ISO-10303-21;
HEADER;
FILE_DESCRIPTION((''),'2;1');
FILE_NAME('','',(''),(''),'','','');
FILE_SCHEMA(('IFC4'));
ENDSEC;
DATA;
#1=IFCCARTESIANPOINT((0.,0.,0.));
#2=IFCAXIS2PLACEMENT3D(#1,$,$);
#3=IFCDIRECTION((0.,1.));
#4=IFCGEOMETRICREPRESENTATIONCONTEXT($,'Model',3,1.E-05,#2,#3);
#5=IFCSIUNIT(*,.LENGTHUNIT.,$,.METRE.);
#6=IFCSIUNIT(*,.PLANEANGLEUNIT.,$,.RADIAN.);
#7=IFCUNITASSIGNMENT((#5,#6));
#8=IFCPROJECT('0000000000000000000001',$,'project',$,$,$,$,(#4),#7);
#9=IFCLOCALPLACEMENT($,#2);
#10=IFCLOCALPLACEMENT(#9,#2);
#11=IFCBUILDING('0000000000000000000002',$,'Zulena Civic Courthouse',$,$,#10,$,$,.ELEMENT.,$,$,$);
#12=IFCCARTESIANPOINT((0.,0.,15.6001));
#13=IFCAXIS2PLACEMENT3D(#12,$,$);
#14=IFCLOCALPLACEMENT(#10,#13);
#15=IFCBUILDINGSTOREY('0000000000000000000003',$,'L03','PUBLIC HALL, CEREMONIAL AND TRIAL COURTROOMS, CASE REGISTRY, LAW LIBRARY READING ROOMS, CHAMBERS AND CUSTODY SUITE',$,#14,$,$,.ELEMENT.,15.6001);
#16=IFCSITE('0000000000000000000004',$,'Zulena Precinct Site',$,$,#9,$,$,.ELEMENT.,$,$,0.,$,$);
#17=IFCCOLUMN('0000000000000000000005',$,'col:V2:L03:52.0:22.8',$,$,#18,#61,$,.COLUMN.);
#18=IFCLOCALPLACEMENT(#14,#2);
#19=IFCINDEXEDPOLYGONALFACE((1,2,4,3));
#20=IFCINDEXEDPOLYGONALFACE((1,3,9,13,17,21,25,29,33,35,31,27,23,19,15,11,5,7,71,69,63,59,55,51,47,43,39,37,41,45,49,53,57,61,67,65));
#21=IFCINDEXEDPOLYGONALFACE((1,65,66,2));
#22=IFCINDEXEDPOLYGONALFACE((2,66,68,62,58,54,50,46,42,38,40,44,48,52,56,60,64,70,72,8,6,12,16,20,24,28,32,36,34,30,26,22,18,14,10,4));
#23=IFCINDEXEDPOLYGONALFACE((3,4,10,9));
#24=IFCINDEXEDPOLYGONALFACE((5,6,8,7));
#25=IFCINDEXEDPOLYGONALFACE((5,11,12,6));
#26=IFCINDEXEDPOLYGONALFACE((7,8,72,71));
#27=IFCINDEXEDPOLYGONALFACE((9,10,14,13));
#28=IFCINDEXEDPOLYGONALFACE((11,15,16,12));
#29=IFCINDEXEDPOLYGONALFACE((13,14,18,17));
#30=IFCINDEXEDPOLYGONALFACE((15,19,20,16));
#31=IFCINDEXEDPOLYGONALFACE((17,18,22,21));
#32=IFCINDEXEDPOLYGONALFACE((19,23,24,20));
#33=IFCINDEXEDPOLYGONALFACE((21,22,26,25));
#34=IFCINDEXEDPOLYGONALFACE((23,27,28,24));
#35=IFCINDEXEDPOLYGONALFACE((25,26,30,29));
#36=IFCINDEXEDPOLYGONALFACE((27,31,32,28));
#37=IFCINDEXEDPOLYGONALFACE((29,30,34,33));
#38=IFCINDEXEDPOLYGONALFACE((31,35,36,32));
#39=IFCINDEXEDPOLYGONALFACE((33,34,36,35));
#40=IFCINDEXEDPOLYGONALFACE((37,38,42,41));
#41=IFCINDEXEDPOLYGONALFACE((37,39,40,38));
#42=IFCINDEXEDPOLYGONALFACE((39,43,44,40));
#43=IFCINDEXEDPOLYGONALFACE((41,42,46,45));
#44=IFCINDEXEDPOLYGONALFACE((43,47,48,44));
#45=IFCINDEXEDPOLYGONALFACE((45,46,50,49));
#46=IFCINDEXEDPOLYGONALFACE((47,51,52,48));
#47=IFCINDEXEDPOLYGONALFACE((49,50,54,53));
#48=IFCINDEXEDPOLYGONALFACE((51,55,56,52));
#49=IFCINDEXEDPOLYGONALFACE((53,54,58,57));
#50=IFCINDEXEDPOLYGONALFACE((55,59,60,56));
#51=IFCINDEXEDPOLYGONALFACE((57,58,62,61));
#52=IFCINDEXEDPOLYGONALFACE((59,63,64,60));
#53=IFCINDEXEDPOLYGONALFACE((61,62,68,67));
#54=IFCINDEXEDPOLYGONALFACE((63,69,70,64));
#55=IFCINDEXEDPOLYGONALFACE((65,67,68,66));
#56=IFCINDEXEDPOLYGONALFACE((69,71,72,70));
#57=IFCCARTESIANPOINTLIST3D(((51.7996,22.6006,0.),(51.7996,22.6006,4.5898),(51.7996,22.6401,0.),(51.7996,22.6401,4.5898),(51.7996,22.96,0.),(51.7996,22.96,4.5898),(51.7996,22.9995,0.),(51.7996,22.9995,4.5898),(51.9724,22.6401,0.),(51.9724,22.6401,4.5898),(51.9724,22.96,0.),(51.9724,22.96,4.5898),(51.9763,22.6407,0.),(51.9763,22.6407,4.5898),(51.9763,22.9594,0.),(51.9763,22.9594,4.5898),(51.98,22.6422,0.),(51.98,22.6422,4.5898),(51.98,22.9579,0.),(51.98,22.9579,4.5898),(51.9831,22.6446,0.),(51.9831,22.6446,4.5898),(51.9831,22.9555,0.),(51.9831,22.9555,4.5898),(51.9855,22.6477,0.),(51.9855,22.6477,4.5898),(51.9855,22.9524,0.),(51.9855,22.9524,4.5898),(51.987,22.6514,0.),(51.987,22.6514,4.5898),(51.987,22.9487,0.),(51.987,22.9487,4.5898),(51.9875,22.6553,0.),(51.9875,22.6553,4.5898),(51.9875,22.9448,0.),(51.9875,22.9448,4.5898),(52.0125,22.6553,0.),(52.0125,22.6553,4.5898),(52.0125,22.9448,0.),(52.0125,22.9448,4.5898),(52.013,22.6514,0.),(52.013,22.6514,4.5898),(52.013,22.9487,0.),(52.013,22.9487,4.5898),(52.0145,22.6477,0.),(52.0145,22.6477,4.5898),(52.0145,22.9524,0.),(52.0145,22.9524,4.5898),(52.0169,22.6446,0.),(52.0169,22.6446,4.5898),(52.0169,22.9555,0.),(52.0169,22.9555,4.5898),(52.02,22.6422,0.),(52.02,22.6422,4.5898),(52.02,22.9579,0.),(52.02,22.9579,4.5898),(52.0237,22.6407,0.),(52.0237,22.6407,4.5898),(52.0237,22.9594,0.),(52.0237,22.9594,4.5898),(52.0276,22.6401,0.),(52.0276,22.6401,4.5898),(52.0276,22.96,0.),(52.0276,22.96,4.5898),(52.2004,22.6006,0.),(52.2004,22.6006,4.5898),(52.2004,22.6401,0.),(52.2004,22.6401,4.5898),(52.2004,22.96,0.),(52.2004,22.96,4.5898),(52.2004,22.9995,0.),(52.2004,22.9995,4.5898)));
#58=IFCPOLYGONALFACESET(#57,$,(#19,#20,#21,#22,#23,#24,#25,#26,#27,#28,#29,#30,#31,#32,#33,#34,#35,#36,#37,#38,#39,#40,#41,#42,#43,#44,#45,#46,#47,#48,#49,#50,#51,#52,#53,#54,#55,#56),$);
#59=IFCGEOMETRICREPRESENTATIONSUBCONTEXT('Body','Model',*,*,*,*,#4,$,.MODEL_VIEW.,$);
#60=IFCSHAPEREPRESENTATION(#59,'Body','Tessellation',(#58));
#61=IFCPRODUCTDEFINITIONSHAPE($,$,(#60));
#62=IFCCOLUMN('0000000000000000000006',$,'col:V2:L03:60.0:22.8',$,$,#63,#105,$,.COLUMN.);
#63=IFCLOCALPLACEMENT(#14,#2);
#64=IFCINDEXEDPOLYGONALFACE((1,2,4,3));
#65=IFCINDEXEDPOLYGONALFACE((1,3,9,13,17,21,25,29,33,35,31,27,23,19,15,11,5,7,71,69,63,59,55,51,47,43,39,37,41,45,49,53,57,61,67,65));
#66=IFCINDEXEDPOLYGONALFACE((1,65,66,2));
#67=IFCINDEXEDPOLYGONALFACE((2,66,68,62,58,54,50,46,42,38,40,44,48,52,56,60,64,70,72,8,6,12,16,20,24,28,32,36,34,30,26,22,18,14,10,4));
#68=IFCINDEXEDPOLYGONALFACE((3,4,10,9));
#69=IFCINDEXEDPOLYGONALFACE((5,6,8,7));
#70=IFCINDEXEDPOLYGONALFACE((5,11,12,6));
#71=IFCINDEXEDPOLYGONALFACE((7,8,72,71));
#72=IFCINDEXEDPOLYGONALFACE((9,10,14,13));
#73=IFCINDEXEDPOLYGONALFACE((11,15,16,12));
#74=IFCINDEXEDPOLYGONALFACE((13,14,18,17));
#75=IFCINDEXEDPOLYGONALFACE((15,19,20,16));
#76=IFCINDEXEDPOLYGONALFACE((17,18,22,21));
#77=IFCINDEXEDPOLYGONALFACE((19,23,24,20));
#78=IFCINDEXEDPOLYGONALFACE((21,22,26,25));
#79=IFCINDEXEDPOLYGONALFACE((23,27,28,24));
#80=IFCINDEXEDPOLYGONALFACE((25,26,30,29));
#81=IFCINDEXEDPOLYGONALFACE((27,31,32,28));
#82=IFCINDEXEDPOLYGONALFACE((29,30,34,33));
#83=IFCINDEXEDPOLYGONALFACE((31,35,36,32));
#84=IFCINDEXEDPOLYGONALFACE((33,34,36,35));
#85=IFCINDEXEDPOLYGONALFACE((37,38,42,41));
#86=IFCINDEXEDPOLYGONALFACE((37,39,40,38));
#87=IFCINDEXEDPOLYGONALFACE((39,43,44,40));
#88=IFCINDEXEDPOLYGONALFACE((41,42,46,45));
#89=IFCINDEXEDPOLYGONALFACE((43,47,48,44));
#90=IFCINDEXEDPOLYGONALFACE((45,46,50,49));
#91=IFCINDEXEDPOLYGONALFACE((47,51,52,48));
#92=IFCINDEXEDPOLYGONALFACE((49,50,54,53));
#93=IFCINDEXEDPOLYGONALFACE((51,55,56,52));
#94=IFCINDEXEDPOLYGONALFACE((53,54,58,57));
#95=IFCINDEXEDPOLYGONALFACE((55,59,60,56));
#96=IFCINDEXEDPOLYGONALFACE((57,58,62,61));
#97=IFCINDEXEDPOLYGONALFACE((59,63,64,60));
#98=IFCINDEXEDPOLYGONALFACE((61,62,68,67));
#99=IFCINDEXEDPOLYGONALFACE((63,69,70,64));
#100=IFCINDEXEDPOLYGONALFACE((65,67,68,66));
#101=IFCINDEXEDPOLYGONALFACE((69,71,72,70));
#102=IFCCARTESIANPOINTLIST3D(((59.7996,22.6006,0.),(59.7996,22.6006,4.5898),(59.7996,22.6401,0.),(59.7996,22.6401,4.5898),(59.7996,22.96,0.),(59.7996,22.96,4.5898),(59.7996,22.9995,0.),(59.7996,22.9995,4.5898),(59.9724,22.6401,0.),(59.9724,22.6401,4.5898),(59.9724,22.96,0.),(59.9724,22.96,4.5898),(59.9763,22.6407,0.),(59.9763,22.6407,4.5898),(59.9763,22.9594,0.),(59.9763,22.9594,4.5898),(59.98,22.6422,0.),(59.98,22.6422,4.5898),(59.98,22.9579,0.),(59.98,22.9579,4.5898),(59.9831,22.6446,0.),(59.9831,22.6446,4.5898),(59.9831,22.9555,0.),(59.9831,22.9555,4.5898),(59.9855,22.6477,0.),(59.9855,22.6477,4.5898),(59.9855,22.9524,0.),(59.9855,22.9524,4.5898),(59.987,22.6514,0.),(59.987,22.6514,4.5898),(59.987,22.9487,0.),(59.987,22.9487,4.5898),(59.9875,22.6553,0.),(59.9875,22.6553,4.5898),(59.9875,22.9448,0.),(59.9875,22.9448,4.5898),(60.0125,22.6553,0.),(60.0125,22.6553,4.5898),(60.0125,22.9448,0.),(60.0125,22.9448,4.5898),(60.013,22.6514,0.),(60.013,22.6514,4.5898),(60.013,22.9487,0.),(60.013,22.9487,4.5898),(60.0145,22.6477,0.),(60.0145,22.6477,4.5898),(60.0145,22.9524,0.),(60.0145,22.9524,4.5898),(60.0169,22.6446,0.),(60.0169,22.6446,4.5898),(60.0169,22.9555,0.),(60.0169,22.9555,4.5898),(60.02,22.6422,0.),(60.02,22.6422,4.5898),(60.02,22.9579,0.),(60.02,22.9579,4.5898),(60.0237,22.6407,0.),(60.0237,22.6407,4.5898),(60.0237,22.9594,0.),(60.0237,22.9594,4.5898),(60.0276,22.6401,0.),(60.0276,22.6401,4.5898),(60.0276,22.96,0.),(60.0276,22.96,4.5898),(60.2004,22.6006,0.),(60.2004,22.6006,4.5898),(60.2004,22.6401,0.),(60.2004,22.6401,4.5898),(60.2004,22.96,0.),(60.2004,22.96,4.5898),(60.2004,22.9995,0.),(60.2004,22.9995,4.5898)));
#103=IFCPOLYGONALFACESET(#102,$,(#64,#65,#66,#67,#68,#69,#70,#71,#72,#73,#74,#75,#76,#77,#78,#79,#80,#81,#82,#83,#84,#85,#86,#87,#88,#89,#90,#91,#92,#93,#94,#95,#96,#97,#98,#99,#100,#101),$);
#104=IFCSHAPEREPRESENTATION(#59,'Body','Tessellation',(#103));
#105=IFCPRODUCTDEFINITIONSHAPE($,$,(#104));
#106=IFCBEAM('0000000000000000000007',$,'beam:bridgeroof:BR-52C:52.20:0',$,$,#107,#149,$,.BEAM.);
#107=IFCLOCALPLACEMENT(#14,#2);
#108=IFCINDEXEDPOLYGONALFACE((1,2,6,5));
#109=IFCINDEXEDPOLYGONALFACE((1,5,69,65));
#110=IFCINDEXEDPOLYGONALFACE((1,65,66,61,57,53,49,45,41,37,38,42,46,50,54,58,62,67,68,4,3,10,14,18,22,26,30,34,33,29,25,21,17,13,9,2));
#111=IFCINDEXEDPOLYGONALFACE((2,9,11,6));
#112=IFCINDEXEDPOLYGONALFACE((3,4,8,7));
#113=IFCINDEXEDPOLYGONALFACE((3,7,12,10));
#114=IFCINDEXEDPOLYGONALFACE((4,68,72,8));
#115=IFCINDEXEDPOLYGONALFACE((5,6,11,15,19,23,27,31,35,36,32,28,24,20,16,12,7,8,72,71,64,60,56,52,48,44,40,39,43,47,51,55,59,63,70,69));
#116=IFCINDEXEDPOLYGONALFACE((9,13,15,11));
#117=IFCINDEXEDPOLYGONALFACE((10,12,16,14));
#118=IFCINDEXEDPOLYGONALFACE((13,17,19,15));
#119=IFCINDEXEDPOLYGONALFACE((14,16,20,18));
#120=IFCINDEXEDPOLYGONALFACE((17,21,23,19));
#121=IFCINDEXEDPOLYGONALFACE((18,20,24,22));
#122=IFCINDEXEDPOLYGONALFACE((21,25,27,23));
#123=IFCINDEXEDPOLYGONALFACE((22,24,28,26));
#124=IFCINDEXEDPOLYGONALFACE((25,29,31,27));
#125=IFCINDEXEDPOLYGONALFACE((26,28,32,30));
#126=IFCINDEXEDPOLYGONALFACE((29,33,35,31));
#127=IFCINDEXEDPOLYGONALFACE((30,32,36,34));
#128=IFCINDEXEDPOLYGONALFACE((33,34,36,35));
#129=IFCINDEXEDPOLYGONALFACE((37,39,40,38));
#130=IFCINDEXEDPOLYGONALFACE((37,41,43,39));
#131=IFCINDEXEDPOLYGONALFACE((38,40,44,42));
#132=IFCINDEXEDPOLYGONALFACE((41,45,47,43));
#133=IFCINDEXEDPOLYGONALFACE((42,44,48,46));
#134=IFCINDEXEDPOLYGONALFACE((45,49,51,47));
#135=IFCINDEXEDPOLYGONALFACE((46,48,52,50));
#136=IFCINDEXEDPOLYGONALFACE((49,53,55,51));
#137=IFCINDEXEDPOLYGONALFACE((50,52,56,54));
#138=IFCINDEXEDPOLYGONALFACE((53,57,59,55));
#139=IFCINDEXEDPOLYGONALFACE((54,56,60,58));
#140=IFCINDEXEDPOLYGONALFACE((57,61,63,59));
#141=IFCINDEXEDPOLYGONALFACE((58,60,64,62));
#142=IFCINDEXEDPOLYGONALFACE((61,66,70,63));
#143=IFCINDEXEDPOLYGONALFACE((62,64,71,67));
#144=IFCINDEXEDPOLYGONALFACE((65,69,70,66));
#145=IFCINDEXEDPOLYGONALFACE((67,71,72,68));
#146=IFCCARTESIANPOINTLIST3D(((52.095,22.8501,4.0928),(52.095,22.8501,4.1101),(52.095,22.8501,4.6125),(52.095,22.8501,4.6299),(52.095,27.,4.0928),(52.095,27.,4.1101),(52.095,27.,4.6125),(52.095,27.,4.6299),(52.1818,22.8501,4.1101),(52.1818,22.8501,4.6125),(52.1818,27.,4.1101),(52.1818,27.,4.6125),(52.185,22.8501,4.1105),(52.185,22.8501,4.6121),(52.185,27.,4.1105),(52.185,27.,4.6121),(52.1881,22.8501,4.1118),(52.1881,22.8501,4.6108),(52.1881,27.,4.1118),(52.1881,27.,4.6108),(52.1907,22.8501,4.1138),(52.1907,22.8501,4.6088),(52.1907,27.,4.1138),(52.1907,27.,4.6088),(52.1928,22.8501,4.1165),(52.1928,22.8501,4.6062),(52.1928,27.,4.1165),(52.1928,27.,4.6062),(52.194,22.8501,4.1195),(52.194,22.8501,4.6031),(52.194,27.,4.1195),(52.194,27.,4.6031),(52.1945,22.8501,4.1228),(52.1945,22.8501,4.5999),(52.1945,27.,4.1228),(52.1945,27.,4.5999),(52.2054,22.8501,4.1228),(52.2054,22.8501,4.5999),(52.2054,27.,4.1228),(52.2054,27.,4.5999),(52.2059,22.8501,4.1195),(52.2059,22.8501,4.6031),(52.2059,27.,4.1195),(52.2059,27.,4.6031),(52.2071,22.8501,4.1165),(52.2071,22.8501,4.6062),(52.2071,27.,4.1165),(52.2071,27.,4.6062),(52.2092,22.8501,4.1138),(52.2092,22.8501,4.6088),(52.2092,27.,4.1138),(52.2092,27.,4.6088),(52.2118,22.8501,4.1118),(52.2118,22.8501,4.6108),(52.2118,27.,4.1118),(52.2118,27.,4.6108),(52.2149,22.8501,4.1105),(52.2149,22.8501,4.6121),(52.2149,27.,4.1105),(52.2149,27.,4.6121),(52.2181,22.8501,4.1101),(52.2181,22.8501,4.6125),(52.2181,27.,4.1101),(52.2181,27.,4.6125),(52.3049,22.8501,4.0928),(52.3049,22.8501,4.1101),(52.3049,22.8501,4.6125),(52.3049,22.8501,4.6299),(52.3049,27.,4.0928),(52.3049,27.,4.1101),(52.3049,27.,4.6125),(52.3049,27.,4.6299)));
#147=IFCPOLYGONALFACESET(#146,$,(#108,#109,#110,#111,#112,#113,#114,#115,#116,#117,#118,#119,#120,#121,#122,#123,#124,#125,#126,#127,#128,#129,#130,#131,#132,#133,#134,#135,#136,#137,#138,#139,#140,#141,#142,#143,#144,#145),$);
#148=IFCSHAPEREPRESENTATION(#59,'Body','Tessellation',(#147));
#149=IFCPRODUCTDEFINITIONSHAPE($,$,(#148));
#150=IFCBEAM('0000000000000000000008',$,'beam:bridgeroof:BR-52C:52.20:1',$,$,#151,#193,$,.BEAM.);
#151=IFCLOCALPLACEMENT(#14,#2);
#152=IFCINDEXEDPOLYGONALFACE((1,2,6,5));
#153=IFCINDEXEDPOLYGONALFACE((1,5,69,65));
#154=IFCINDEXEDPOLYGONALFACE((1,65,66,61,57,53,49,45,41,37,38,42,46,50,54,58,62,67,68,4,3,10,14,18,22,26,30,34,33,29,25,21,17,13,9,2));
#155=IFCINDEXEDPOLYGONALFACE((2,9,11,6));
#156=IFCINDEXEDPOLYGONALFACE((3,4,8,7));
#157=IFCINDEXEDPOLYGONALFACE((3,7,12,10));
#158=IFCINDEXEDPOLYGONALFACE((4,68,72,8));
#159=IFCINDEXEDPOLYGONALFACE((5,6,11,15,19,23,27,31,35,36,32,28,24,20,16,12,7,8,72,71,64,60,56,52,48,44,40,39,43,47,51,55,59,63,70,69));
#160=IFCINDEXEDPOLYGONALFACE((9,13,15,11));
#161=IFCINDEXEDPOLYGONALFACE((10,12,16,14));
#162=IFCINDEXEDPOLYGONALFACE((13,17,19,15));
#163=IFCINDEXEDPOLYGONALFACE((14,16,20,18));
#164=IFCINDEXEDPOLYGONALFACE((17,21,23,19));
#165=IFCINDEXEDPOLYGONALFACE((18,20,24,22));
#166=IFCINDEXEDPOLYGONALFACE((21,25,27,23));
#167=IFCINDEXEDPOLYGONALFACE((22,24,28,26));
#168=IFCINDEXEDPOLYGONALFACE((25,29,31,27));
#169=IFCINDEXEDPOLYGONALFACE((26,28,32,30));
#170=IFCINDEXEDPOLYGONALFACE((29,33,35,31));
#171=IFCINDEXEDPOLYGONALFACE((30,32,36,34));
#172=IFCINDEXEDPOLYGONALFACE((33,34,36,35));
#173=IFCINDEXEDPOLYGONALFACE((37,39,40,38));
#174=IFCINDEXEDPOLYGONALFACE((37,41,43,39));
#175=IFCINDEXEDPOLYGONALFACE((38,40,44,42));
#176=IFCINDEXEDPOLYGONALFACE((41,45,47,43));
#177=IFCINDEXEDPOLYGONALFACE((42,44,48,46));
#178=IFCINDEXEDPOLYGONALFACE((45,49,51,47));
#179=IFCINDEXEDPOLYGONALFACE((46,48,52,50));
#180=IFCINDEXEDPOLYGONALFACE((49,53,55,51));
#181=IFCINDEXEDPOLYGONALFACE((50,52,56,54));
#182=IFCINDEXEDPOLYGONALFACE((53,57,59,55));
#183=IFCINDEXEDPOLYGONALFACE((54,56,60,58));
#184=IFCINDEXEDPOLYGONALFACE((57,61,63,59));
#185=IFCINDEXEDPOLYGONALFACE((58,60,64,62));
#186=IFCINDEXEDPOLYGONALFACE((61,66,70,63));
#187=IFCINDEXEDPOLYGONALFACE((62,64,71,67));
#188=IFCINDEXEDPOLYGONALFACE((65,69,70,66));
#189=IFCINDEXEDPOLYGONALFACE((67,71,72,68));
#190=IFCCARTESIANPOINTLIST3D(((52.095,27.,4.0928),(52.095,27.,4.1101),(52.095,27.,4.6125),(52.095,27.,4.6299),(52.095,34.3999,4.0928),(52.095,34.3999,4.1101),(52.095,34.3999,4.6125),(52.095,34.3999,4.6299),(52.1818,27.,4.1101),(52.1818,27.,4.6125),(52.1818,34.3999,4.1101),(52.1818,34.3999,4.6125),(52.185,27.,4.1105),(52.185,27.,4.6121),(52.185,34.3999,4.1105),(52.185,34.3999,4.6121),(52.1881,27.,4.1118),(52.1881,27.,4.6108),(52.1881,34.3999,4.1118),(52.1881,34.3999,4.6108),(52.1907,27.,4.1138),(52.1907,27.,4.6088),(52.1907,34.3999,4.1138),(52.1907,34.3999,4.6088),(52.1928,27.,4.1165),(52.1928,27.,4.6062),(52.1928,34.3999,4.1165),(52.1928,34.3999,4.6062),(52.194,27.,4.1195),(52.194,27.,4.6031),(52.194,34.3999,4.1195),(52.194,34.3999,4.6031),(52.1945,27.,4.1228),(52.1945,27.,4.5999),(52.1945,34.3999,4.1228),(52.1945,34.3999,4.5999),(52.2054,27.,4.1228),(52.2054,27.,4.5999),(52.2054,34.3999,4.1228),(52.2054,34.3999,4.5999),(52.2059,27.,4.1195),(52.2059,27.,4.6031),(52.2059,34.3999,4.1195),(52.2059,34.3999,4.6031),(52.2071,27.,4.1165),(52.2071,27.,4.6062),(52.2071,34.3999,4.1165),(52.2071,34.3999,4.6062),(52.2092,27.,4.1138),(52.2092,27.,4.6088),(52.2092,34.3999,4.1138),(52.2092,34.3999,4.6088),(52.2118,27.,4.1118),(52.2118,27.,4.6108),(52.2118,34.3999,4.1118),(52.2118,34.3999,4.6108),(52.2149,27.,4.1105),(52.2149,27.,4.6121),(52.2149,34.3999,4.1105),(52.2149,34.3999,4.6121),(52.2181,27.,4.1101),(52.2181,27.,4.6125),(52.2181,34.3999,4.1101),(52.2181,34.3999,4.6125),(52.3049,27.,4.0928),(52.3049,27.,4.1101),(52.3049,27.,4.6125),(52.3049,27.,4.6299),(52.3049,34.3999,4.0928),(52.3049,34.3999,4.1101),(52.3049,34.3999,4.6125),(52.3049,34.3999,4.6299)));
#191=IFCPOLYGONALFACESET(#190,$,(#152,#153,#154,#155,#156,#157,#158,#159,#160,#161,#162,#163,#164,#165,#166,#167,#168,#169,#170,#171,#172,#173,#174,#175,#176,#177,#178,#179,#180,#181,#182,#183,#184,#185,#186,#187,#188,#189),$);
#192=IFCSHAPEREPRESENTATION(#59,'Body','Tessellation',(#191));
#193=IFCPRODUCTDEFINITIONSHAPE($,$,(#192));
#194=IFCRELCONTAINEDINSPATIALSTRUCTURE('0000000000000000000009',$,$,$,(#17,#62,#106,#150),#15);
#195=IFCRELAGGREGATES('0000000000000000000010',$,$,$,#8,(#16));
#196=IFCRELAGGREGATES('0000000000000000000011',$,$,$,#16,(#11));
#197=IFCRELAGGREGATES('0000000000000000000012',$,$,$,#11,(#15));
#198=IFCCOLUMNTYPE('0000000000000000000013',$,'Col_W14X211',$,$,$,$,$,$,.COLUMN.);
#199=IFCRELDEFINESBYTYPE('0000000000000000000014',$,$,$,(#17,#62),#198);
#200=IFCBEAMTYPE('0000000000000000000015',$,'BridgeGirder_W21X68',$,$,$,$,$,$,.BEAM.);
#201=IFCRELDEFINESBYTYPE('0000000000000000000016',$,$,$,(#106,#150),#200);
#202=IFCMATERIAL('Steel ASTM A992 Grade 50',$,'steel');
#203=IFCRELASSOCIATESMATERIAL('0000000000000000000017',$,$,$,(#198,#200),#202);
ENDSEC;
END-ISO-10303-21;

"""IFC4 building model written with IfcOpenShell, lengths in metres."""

from ifc_helpers import new_model, si_unit, direction, frame, origin, origin_2d, place, context, subcontext, project, spatial, i_section, extrude, material, material_profile, profile_set, type_object, element, save


model = new_model("IFC4")

# Units and contexts
model_context = context("Model", 3, precision=1e-05, world=origin(), true_north=direction((0.0, 1.0)))
body_context = subcontext(model_context, "Body", "Model", "MODEL_VIEW")
ifc_project = project(units=[si_unit("LENGTHUNIT", "METRE"), si_unit("PLANEANGLEUNIT", "RADIAN")], contexts=[model_context])

# Site, building, storey
site_placement = place(None, origin())
site = spatial("IfcSite", under=ifc_project, at=site_placement, Name="Zulena Precinct Site", CompositionType="ELEMENT", RefElevation=0.0)
building_placement = place(site_placement, origin())
building = spatial("IfcBuilding", under=site, at=building_placement, Name="Zulena Civic Courthouse", CompositionType="ELEMENT")
storey_placement = place(building_placement, frame((0.0, 0.0, 15.6001)))
storey = spatial("IfcBuildingStorey", under=building, at=storey_placement, Name="L03", Description="PUBLIC HALL, CEREMONIAL AND TRIAL COURTROOMS, CASE REGISTRY, LAW LIBRARY READING ROOMS, CHAMBERS AND CUSTODY SUITE", CompositionType="ELEMENT", Elevation=15.6001)

# Columns
ifc_material_1 = material(Name="Steel ASTM A992 Grade 50", Category="steel")
ifc_material_profile_1 = material_profile(ifc_material_1, i_section(OverallWidth=0.4009, OverallDepth=0.3989, WebThickness=0.0249, FlangeThickness=0.0396, FilletRadius=0.0151, at=origin_2d()), Name="W14X211")
ifc_profile_set_1 = profile_set([ifc_material_profile_1], Name="Steel ASTM A992 Grade 50")
column_type_1 = type_object("IfcColumnType", Name="Col_W14X211", PredefinedType="COLUMN", material=ifc_profile_set_1)
for number, where, z_axis, x_axis, name in (
    (1, (52.0, 22.8, 0.0), (0.0, 0.0, 1.0), (1.0, 0.0, 0.0), "col:V2:L03:52.0:22.8"),
    (2, (60.0, 22.8, 0.0), (0.0, 0.0, 1.0), (1.0, 0.0, 0.0), "col:V2:L03:60.0:22.8"),
):
    element("IfcColumn", number, at=place(storey_placement, frame(where, z_axis=z_axis, x_axis=x_axis)), inside=storey, type_object=column_type_1, Name=name, PredefinedType="COLUMN", context=body_context, shape_type="SweptSolid", body=[
        extrude(i_section(OverallWidth=0.4009, OverallDepth=0.3989, WebThickness=0.0249, FlangeThickness=0.0396, FilletRadius=0.0151, at=origin_2d()), origin(), (0.0, 0.0, 1.0), 4.5898),
    ])

# Beams
ifc_material_profile_2 = material_profile(ifc_material_1, i_section(OverallWidth=0.21, OverallDepth=0.5371, WebThickness=0.011, FlangeThickness=0.0173, FilletRadius=0.0127, at=origin_2d()), Name="W21X68")
ifc_profile_set_2 = profile_set([ifc_material_profile_2], Name="Steel ASTM A992 Grade 50")
beam_type_1 = type_object("IfcBeamType", Name="BridgeGirder_W21X68", PredefinedType="BEAM", material=ifc_profile_set_2)
beam_1_placement = place(storey_placement, frame((52.2, 22.8501, 4.3613), z_axis=(0.0, 1.0, 0.0), x_axis=(-1.0, 0.0, 0.0)))
element("IfcBeam", 3, at=beam_1_placement, inside=storey, type_object=beam_type_1, Name="beam:bridgeroof:BR-52C:52.20:0", PredefinedType="BEAM", context=body_context, shape_type="SweptSolid", body=[
    extrude(i_section(OverallWidth=0.21, OverallDepth=0.5371, WebThickness=0.011, FlangeThickness=0.0173, FilletRadius=0.0127, at=origin_2d()), origin(), (0.0, 0.0, 1.0), 4.1499),
])
beam_2_placement = place(storey_placement, frame((52.2, 27.0, 4.3613), z_axis=(0.0, 1.0, 0.0), x_axis=(-1.0, 0.0, 0.0)))
element("IfcBeam", 4, at=beam_2_placement, inside=storey, type_object=beam_type_1, Name="beam:bridgeroof:BR-52C:52.20:1", PredefinedType="BEAM", context=body_context, shape_type="SweptSolid", body=[
    extrude(i_section(OverallWidth=0.21, OverallDepth=0.5371, WebThickness=0.011, FlangeThickness=0.0173, FilletRadius=0.0127, at=origin_2d()), origin(), (0.0, 0.0, 1.0), 7.3999),
])

save(model, "model.ifc")
